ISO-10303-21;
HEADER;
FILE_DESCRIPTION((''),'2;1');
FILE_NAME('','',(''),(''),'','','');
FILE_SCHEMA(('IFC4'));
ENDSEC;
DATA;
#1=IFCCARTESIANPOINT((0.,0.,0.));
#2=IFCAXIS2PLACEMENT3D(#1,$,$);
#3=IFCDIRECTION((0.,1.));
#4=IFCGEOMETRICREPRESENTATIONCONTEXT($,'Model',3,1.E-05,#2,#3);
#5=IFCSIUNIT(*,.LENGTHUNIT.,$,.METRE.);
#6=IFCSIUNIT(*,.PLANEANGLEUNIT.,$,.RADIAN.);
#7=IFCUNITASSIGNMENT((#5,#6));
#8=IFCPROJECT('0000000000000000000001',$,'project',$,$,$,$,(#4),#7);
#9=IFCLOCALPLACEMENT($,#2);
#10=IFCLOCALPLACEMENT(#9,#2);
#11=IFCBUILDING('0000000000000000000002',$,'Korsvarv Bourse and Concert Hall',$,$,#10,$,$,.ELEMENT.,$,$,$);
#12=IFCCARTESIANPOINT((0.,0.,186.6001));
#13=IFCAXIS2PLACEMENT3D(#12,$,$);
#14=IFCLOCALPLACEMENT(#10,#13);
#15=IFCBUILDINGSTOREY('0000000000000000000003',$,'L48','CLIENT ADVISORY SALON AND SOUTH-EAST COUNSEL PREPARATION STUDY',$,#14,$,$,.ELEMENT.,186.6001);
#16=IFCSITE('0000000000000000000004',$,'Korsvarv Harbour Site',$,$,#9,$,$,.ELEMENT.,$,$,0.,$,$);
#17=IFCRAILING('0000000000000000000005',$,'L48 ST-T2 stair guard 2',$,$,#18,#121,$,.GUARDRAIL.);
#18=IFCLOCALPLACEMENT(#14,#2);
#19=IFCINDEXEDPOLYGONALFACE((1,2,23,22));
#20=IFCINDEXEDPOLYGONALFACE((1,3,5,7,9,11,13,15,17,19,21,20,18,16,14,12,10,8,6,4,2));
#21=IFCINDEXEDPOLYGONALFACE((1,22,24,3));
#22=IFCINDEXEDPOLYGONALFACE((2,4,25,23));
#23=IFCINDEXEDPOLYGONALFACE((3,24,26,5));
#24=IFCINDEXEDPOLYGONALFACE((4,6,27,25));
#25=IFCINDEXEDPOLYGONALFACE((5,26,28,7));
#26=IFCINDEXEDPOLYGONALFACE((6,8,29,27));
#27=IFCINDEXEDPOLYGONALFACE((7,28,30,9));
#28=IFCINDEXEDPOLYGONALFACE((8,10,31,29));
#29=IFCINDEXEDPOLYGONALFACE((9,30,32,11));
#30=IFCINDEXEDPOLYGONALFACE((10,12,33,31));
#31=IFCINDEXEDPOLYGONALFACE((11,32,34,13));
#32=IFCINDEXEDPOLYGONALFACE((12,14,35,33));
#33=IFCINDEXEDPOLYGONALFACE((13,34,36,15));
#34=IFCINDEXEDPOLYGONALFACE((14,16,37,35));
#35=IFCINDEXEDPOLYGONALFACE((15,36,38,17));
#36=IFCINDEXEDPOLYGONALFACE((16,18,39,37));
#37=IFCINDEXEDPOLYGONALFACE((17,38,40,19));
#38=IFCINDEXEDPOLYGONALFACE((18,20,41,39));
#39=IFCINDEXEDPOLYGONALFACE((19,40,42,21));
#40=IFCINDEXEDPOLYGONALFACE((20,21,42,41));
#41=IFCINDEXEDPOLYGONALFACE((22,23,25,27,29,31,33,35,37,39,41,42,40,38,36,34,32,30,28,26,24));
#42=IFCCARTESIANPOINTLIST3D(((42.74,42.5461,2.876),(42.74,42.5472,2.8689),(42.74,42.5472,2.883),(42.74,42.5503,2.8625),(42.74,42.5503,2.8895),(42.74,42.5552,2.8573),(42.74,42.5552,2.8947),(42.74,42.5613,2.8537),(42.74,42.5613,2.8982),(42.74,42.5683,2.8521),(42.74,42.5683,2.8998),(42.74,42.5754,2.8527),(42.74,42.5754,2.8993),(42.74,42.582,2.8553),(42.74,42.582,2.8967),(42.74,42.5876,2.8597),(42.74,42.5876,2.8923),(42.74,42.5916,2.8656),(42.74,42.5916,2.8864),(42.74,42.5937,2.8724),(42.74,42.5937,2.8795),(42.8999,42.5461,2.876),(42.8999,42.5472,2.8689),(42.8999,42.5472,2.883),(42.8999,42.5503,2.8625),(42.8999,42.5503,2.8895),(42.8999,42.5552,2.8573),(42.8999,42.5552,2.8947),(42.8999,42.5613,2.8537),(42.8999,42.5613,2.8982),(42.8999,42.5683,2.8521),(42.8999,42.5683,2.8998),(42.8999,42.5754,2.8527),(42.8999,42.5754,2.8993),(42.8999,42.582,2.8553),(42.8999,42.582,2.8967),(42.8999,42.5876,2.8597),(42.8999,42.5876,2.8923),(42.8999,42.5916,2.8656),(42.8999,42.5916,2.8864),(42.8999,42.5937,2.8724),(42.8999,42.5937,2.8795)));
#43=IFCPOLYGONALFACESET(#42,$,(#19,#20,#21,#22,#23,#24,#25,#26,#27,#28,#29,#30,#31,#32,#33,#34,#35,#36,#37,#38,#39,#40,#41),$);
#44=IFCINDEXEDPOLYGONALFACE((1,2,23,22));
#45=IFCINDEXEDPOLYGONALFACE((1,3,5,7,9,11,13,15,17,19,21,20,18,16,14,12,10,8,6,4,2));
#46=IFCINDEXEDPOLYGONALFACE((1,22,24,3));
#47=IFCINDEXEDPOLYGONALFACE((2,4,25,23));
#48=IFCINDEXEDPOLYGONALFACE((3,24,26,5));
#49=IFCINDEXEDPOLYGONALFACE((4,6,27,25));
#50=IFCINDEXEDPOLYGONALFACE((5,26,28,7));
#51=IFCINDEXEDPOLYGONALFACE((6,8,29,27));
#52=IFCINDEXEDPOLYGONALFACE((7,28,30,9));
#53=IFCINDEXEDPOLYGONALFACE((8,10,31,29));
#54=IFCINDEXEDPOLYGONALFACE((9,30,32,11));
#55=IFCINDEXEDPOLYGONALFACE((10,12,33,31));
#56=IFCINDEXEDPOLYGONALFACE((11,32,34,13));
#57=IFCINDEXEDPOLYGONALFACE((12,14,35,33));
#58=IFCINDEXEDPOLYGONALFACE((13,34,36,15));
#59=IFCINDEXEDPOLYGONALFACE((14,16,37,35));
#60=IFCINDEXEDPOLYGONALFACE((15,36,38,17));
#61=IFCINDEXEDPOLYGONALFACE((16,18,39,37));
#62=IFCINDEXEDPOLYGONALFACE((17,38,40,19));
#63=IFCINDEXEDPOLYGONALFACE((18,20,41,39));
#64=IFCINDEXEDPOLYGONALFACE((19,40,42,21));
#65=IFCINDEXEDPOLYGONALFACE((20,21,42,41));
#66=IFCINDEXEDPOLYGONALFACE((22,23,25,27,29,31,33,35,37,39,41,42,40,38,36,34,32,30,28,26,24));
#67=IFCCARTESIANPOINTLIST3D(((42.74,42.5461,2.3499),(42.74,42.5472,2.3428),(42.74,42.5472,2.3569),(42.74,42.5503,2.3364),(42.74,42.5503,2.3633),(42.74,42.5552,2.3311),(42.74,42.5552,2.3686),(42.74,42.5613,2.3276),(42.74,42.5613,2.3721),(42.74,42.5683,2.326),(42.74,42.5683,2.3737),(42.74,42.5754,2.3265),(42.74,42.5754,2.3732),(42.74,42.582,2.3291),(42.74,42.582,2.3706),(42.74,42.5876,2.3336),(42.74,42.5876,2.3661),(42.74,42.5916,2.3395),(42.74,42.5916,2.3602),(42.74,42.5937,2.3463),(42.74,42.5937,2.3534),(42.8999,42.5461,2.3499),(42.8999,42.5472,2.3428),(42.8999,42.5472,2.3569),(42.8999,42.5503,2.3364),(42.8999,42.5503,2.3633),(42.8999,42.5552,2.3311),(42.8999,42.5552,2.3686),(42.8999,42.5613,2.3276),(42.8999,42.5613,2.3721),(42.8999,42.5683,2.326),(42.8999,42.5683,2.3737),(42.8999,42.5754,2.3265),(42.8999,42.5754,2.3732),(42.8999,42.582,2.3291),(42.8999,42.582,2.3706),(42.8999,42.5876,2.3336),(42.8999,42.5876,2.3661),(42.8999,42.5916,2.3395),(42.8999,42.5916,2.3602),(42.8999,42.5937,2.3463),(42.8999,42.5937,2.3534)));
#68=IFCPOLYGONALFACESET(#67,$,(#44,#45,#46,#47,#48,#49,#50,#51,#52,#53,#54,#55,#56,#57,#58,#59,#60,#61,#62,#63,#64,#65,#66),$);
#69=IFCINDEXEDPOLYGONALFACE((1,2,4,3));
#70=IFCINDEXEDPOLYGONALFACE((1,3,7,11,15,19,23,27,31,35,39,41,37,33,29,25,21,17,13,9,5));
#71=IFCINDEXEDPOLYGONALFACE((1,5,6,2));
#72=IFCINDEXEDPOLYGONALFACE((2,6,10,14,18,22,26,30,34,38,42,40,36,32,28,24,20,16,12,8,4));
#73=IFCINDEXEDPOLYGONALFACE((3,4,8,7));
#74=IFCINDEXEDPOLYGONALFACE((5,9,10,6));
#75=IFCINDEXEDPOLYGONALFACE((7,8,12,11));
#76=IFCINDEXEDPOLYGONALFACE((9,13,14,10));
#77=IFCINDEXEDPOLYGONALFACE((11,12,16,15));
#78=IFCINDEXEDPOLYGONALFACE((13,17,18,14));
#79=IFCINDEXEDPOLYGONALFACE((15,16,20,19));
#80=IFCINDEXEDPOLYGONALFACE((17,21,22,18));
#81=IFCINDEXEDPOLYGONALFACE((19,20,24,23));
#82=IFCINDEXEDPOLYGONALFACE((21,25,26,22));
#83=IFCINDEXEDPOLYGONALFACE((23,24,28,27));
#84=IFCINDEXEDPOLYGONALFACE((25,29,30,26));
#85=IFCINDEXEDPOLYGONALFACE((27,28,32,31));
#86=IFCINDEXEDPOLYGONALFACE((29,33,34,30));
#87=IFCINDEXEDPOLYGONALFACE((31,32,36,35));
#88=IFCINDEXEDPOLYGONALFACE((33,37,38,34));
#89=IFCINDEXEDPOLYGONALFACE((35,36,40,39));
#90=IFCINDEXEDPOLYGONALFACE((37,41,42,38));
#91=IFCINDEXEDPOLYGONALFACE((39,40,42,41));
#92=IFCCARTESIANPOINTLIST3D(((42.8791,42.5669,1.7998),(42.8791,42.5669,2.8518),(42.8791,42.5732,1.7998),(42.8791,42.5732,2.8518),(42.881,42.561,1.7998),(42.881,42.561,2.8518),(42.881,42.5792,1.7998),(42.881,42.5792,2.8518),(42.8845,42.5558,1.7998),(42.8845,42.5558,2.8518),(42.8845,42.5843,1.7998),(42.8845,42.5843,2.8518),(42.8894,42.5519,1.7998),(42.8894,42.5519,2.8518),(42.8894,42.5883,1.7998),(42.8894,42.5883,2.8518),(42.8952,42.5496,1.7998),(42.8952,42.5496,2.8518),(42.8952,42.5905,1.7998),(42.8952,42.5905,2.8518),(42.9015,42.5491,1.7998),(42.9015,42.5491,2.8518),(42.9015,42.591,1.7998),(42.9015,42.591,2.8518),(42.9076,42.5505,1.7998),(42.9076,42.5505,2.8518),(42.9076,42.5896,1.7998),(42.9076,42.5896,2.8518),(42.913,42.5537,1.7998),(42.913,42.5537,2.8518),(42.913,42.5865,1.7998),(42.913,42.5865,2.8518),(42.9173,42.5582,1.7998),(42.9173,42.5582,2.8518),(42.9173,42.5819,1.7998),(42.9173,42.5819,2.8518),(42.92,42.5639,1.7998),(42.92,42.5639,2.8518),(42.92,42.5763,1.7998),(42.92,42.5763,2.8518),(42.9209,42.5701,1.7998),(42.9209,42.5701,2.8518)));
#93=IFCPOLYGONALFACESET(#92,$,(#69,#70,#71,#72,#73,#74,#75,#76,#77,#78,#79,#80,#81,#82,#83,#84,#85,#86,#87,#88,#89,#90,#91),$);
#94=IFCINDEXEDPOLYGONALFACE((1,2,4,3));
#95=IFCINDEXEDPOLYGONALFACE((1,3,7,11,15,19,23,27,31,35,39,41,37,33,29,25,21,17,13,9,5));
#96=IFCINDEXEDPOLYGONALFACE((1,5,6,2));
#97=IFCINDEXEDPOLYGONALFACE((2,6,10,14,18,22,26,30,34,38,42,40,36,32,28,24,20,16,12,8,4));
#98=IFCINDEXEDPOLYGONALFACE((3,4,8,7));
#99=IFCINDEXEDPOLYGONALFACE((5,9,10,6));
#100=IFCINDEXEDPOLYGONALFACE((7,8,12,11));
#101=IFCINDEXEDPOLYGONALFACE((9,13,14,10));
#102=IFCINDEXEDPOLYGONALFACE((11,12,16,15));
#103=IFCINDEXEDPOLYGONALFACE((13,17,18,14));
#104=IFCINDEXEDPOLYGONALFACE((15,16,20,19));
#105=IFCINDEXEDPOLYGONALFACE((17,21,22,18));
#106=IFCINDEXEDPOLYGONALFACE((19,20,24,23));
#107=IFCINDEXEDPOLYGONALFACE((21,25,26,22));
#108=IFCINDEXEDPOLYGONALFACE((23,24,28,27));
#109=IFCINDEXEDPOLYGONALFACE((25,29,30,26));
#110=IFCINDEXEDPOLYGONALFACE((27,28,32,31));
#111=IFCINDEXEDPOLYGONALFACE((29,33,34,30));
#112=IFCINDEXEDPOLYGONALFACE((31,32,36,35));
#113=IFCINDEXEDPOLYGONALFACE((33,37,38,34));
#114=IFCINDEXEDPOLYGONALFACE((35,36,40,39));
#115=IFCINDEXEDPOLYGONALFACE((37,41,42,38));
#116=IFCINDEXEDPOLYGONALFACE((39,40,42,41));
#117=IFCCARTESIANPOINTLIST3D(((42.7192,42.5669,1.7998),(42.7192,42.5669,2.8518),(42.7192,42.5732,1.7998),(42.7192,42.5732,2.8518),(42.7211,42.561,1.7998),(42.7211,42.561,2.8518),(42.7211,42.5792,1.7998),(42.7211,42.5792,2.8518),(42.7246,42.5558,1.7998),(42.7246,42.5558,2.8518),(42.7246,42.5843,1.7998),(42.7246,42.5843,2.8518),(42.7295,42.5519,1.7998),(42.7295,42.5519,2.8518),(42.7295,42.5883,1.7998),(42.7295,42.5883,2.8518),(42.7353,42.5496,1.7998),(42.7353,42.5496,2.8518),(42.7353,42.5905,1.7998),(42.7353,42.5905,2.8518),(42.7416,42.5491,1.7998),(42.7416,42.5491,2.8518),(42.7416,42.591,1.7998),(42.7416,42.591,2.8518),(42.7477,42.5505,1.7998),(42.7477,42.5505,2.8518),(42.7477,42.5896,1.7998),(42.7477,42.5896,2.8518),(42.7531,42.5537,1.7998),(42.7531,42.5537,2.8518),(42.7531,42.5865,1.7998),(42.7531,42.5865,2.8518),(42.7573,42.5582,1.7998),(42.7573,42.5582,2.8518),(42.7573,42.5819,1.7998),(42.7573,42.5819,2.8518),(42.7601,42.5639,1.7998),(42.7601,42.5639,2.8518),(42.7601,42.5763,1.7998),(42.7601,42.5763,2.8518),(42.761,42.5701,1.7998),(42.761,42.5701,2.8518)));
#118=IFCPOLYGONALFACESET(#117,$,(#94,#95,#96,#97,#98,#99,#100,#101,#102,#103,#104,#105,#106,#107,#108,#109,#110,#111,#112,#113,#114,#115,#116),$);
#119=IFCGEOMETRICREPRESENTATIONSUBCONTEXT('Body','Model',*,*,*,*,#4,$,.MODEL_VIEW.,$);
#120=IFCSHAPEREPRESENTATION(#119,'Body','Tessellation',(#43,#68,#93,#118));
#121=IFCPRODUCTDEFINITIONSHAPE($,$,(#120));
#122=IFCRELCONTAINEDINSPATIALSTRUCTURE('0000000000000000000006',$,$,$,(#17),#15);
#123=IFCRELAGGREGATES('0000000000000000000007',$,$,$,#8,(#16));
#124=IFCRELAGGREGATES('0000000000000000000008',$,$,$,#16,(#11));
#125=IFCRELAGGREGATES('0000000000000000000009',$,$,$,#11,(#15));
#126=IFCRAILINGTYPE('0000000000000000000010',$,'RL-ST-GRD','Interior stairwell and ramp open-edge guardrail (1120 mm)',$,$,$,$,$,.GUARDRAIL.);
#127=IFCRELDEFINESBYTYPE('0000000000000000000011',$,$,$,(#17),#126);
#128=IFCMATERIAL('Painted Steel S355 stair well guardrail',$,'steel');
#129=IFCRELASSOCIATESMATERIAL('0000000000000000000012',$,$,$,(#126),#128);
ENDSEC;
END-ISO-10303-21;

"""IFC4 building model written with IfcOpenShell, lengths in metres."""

from ifc_helpers import new_model, si_unit, direction, frame, origin, origin_2d, place, context, subcontext, project, spatial, circle, extrude, material, type_object, element, save


model = new_model("IFC4")

# Units and contexts
model_context = context("Model", 3, precision=1e-05, world=origin(), true_north=direction((0.0, 1.0)))
body_context = subcontext(model_context, "Body", "Model", "MODEL_VIEW")
ifc_project = project(units=[si_unit("LENGTHUNIT", "METRE"), si_unit("PLANEANGLEUNIT", "RADIAN")], contexts=[model_context])

# Site, building, storey
site_placement = place(None, origin())
site = spatial("IfcSite", under=ifc_project, at=site_placement, Name="Korsvarv Harbour Site", CompositionType="ELEMENT", RefElevation=0.0)
building_placement = place(site_placement, origin())
building = spatial("IfcBuilding", under=site, at=building_placement, Name="Korsvarv Bourse and Concert Hall", CompositionType="ELEMENT")
storey_placement = place(building_placement, frame((0.0, 0.0, 186.6001)))
storey = spatial("IfcBuildingStorey", under=building, at=storey_placement, Name="L48", Description="CLIENT ADVISORY SALON AND SOUTH-EAST COUNSEL PREPARATION STUDY", CompositionType="ELEMENT", Elevation=186.6001)

# Railing
ifc_material_1 = material(Name="Painted Steel S355 stair well guardrail", Category="steel")
railing_type_1 = type_object("IfcRailingType", Name="RL-ST-GRD", Description="Interior stairwell and ramp open-edge guardrail (1120 mm)", PredefinedType="GUARDRAIL", material=ifc_material_1)
railing_1_placement = place(storey_placement, frame((42.8999, 42.5701, 1.7998)))
element("IfcRailing", 1, at=railing_1_placement, inside=storey, type_object=railing_type_1, Name="L48 ST-T2 stair guard 2", PredefinedType="GUARDRAIL", context=body_context, shape_type="SweptSolid", body=[
    extrude(circle(Radius=0.0239, at=origin_2d()), frame((0.0, 0.0, 1.0762), z_axis=(-1.0, 0.0, 0.0), x_axis=(0.0, -1.0, 0.0)), (0.0, 0.0, 1.0), 0.1599),
    extrude(circle(Radius=0.0239, at=origin_2d()), frame((0.0, 0.0, 0.55), z_axis=(-1.0, 0.0, 0.0), x_axis=(0.0, -1.0, 0.0)), (0.0, 0.0, 1.0), 0.1599),
    extrude(circle(Radius=0.021, at=origin_2d()), origin(), (0.0, 0.0, 1.0), 1.052),
    extrude(circle(Radius=0.021, at=origin_2d()), frame((-0.1599, 0.0, 0.0)), (0.0, 0.0, 1.0), 1.052),
])

save(model, "model.ifc")
